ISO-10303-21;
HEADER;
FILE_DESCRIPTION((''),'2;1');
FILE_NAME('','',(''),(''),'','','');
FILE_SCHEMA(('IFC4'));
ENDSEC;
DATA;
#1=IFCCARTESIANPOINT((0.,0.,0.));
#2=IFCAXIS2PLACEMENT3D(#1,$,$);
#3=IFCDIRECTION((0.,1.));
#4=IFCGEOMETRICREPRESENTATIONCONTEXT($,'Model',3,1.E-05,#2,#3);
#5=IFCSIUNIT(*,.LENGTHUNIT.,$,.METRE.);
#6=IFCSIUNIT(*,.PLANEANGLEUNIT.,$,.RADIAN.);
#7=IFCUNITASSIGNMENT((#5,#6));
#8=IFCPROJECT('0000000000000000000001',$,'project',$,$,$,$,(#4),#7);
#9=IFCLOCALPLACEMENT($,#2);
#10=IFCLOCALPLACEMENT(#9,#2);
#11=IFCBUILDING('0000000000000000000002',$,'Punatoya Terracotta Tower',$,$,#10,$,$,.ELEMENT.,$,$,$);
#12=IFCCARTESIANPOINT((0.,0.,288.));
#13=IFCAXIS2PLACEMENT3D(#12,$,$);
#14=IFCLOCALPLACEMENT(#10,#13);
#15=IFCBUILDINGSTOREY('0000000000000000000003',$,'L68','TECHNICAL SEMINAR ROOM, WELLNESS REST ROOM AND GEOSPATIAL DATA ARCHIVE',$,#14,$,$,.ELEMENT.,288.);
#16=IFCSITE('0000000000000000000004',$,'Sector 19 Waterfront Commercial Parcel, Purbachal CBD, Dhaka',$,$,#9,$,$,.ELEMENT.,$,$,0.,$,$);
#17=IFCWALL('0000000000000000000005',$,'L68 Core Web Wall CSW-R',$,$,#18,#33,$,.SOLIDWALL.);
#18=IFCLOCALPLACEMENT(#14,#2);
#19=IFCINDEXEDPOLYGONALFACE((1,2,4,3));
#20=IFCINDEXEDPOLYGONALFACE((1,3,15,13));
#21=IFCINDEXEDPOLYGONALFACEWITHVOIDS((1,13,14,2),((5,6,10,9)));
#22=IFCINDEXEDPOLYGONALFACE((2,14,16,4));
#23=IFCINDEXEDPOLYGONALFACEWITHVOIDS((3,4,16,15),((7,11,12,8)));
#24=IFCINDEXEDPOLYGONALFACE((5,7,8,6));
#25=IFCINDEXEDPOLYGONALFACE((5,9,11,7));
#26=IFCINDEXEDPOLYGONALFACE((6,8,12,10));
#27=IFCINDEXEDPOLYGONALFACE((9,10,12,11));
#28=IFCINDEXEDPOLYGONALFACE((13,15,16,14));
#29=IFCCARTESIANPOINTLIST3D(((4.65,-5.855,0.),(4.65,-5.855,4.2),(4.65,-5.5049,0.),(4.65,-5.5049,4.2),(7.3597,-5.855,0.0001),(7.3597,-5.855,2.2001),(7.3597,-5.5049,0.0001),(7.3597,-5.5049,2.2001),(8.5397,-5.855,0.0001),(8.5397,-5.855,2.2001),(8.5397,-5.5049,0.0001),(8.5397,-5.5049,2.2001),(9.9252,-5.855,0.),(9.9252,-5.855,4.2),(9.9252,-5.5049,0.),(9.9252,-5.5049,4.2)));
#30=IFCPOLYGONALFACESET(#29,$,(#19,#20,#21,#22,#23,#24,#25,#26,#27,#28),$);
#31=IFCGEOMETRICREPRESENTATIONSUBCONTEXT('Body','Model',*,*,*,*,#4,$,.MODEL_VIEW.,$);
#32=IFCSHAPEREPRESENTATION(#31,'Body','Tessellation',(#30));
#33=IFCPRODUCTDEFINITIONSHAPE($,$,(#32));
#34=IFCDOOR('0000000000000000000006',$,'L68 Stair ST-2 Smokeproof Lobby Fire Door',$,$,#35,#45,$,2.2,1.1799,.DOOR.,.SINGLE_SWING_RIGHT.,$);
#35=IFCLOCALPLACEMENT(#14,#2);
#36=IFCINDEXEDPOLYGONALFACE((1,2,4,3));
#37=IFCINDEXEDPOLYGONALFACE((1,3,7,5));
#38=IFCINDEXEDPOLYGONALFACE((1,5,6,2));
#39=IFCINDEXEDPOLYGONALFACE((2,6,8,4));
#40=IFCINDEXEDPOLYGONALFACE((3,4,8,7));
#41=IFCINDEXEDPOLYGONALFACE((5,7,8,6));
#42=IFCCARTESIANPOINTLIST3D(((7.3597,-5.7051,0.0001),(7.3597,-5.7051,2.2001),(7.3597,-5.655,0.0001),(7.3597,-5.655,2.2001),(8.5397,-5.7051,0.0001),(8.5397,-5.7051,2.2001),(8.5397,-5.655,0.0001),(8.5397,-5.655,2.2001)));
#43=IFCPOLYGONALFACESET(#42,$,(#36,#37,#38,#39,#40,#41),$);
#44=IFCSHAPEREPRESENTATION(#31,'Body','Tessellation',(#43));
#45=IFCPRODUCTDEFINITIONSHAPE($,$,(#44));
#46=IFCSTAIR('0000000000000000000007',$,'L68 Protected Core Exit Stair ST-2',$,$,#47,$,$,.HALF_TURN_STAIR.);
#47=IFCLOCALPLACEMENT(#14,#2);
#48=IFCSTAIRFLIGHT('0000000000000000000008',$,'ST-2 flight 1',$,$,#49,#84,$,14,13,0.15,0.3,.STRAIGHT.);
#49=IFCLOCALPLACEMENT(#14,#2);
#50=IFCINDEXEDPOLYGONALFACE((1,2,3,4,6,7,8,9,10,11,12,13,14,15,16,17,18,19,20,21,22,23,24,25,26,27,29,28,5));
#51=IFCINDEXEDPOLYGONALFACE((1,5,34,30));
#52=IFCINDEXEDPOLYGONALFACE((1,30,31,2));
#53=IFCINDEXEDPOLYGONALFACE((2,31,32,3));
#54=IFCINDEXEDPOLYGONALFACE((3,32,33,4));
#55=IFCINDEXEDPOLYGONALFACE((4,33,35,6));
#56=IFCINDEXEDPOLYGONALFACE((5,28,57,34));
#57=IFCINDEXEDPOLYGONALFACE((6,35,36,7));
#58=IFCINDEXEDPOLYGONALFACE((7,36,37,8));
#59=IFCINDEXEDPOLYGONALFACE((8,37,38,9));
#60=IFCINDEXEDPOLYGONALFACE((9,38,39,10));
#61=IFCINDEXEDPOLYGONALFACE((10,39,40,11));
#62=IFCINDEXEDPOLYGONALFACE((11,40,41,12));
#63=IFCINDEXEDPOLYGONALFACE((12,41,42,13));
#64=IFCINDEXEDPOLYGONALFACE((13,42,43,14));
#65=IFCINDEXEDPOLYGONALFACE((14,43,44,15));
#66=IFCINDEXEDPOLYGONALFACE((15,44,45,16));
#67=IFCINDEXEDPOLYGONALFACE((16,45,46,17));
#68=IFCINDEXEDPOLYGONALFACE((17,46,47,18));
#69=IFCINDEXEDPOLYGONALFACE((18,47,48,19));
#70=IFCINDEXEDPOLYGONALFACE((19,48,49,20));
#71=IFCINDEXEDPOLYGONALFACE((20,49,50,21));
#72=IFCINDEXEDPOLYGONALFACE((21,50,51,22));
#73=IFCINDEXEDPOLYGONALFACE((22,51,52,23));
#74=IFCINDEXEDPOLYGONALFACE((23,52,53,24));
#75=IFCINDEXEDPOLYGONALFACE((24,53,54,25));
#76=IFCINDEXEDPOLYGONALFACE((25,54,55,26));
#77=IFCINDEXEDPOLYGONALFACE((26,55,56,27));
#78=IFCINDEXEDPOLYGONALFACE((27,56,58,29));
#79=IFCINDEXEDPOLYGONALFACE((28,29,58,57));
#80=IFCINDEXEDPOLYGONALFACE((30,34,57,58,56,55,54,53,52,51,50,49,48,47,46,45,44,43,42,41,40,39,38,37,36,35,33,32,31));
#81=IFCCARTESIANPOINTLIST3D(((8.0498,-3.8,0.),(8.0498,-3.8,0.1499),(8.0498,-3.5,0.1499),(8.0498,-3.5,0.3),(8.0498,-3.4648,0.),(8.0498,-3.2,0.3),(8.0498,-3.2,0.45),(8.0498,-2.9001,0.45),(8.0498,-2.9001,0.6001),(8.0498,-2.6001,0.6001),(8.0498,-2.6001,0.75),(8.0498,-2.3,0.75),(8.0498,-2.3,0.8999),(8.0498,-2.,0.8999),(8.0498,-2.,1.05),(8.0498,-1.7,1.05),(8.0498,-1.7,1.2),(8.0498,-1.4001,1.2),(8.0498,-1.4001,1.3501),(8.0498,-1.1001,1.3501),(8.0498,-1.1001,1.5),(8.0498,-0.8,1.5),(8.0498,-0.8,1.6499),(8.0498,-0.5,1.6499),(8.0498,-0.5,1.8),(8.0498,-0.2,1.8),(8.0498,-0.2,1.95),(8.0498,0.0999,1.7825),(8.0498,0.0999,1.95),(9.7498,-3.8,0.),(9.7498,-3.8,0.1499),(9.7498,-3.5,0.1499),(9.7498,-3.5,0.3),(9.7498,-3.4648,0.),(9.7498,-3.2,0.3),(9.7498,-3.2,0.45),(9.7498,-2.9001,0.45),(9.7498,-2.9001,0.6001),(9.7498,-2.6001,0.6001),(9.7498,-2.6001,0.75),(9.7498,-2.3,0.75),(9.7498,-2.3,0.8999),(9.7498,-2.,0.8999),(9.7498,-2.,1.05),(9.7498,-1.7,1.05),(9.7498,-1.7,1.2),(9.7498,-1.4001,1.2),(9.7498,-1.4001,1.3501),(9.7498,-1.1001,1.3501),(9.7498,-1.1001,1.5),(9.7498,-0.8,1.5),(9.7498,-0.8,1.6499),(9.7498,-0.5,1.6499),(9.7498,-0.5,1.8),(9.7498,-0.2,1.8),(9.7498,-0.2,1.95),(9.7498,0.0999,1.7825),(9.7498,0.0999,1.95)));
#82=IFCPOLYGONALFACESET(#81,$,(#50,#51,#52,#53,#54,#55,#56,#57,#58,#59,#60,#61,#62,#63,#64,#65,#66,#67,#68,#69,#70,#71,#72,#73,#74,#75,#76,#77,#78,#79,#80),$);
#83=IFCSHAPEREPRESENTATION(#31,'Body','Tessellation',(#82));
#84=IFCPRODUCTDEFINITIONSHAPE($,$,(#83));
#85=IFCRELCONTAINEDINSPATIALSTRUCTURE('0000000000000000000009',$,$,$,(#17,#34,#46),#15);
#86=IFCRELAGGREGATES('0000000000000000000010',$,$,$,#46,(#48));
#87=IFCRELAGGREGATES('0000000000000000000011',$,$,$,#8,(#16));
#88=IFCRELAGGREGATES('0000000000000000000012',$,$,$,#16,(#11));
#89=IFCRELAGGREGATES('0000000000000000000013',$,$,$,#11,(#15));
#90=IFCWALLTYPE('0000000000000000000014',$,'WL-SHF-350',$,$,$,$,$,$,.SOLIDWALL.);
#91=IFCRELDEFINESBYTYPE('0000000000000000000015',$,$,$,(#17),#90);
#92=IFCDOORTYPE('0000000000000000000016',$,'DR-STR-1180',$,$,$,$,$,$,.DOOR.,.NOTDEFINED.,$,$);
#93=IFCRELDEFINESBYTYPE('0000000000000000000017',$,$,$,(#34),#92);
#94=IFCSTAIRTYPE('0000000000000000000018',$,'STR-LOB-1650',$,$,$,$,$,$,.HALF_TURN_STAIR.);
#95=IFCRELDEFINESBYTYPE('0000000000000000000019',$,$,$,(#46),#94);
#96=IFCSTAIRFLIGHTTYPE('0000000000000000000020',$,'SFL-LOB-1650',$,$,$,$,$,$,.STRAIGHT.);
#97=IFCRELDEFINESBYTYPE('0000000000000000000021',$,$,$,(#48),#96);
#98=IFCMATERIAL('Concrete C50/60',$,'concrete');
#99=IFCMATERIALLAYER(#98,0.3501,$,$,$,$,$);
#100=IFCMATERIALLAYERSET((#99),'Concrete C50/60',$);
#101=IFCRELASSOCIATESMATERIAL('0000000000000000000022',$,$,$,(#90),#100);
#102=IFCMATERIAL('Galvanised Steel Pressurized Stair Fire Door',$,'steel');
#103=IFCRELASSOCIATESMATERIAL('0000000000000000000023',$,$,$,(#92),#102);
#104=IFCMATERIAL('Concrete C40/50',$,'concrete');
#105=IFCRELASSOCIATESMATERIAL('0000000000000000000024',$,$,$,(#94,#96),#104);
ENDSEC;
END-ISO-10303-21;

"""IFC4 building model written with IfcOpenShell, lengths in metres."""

from ifc_helpers import new_model, si_unit, direction, frame, frame_2d, origin, place, context, subcontext, project, spatial, polyline, rectangle, outline, extrude, material, layer, layer_set, type_object, element, fill, aggregate, save


model = new_model("IFC4")

# Units and contexts
model_context = context("Model", 3, precision=1e-05, world=origin(), true_north=direction((0.0, 1.0)))
body_context = subcontext(model_context, "Body", "Model", "MODEL_VIEW")
ifc_project = project(units=[si_unit("LENGTHUNIT", "METRE"), si_unit("PLANEANGLEUNIT", "RADIAN")], contexts=[model_context])

# Site, building, storey
site_placement = place(None, origin())
site = spatial("IfcSite", under=ifc_project, at=site_placement, Name="Sector 19 Waterfront Commercial Parcel, Purbachal CBD, Dhaka", CompositionType="ELEMENT", RefElevation=0.0)
building_placement = place(site_placement, origin())
building = spatial("IfcBuilding", under=site, at=building_placement, Name="Punatoya Terracotta Tower", CompositionType="ELEMENT")
storey_placement = place(building_placement, frame((0.0, 0.0, 288.0)))
storey = spatial("IfcBuildingStorey", under=building, at=storey_placement, Name="L68", Description="TECHNICAL SEMINAR ROOM, WELLNESS REST ROOM AND GEOSPATIAL DATA ARCHIVE", CompositionType="ELEMENT", Elevation=288.0)

# Wall, opening, door
ifc_material_1 = material(Name="Concrete C40/50", Category="concrete")
ifc_material_2 = material(Name="Concrete C50/60", Category="concrete")
ifc_layer_1 = layer(ifc_material_2, 0.3501)
ifc_layer_set_1 = layer_set([ifc_layer_1], Name="Concrete C50/60")
wall_type_1 = type_object("IfcWallType", Name="WL-SHF-350", PredefinedType="SOLIDWALL", material=ifc_layer_set_1)
wall_1_placement = place(storey_placement, frame((4.6499, -5.6799, 0.0), z_axis=(0.0, 0.0, 1.0), x_axis=(1.0, 0.0, 0.0)))
wall_1 = element("IfcWall", 1, at=wall_1_placement, inside=storey, type_object=wall_type_1, Name="L68 Core Web Wall CSW-R", PredefinedType="SOLIDWALL", context=body_context, shape_type="SweptSolid", body=[
    extrude(rectangle(XDim=5.2751, YDim=0.3501, at=frame_2d((2.6377, 0.0))), origin(), (0.0, 0.0, 1.0), 4.2),
])
opening_1_placement = place(wall_1_placement, frame((2.71, 0.0, 0.0)))
opening_1 = element("IfcOpeningElement", 2, at=opening_1_placement, cuts=wall_1, PredefinedType="OPENING", context=body_context, shape_type="SweptSolid", body=[
    extrude(rectangle(XDim=1.1799, YDim=2.2, at=frame_2d((0.5898, 1.1001))), frame((0.0, 0.1851, 0.0), z_axis=(0.0, -1.0, 0.0), x_axis=(1.0, 0.0, 0.0)), (0.0, 0.0, 1.0), 0.3701),
])
ifc_material_3 = material(Name="Galvanised Steel Pressurized Stair Fire Door", Category="steel")
door_type_1 = type_object("IfcDoorType", Name="DR-STR-1180", OperationType="NOTDEFINED", PredefinedType="DOOR", material=ifc_material_3)
door_1_placement = place(opening_1_placement, origin())
door_1 = element("IfcDoor", 3, at=door_1_placement, inside=storey, type_object=door_type_1, Name="L68 Stair ST-2 Smokeproof Lobby Fire Door", OperationType="SINGLE_SWING_RIGHT", OverallHeight=2.2, OverallWidth=1.1799, PredefinedType="DOOR", context=body_context, shape_type="SweptSolid", body=[
    extrude(rectangle(XDim=1.1799, YDim=2.2, at=frame_2d((0.5898, 1.1001))), frame((0.0, 0.0249, 0.0), z_axis=(0.0, -1.0, 0.0), x_axis=(1.0, 0.0, 0.0)), (0.0, 0.0, 1.0), 0.05),
])
fill(opening_1, door_1)

# Stair, stair flight
stair_type = type_object("IfcStairType", Name="STR-LOB-1650", PredefinedType="HALF_TURN_STAIR", material=ifc_material_1)
stair_placement = place(storey_placement, origin())
stair = element("IfcStair", 4, at=stair_placement, inside=storey, type_object=stair_type, Name="L68 Protected Core Exit Stair ST-2", PredefinedType="HALF_TURN_STAIR")
stair_flight_type = type_object("IfcStairFlightType", Name="SFL-LOB-1650", PredefinedType="STRAIGHT", material=ifc_material_1)
stair_flight_placement = place(storey_placement, frame((8.8999, -3.8, 0.0), z_axis=(0.0, 0.0, 1.0), x_axis=(0.0, 1.0, 0.0)))
stair_flight = element("IfcStairFlight", 5, at=stair_flight_placement, type_object=stair_flight_type, Name="ST-2 flight 1", NumberOfRisers=14, NumberOfTreads=13, PredefinedType="STRAIGHT", RiserHeight=0.15, TreadLength=0.3, context=body_context, shape_type="SweptSolid", body=[
    extrude(outline(polyline([(0.0, 0.0), (0.0, 0.1499), (0.3, 0.1499), (0.3, 0.3), (0.6001, 0.3), (0.6001, 0.45), (0.8999, 0.45), (0.8999, 0.6001), (1.2, 0.6001), (1.2, 0.75), (1.5, 0.75), (1.5, 0.8999), (1.8, 0.8999), (1.8, 1.05), (2.1001, 1.05), (2.1001, 1.2), (2.3999, 1.2), (2.3999, 1.3501), (2.7, 1.3501), (2.7, 1.5), (3.0, 1.5), (3.0, 1.6499), (3.3, 1.6499), (3.3, 1.8), (3.6001, 1.8), (3.6001, 1.95), (3.8999, 1.95), (3.8999, 2.1001), (3.8999, 1.7825), (0.3352, 0.0), (0.0, 0.0)])), frame((0.0, 0.8501, 0.0), z_axis=(0.0, -1.0, 0.0), x_axis=(1.0, 0.0, 0.0)), (0.0, 0.0, 1.0), 1.7),
])
aggregate(stair, [stair_flight])

save(model, "model.ifc")
